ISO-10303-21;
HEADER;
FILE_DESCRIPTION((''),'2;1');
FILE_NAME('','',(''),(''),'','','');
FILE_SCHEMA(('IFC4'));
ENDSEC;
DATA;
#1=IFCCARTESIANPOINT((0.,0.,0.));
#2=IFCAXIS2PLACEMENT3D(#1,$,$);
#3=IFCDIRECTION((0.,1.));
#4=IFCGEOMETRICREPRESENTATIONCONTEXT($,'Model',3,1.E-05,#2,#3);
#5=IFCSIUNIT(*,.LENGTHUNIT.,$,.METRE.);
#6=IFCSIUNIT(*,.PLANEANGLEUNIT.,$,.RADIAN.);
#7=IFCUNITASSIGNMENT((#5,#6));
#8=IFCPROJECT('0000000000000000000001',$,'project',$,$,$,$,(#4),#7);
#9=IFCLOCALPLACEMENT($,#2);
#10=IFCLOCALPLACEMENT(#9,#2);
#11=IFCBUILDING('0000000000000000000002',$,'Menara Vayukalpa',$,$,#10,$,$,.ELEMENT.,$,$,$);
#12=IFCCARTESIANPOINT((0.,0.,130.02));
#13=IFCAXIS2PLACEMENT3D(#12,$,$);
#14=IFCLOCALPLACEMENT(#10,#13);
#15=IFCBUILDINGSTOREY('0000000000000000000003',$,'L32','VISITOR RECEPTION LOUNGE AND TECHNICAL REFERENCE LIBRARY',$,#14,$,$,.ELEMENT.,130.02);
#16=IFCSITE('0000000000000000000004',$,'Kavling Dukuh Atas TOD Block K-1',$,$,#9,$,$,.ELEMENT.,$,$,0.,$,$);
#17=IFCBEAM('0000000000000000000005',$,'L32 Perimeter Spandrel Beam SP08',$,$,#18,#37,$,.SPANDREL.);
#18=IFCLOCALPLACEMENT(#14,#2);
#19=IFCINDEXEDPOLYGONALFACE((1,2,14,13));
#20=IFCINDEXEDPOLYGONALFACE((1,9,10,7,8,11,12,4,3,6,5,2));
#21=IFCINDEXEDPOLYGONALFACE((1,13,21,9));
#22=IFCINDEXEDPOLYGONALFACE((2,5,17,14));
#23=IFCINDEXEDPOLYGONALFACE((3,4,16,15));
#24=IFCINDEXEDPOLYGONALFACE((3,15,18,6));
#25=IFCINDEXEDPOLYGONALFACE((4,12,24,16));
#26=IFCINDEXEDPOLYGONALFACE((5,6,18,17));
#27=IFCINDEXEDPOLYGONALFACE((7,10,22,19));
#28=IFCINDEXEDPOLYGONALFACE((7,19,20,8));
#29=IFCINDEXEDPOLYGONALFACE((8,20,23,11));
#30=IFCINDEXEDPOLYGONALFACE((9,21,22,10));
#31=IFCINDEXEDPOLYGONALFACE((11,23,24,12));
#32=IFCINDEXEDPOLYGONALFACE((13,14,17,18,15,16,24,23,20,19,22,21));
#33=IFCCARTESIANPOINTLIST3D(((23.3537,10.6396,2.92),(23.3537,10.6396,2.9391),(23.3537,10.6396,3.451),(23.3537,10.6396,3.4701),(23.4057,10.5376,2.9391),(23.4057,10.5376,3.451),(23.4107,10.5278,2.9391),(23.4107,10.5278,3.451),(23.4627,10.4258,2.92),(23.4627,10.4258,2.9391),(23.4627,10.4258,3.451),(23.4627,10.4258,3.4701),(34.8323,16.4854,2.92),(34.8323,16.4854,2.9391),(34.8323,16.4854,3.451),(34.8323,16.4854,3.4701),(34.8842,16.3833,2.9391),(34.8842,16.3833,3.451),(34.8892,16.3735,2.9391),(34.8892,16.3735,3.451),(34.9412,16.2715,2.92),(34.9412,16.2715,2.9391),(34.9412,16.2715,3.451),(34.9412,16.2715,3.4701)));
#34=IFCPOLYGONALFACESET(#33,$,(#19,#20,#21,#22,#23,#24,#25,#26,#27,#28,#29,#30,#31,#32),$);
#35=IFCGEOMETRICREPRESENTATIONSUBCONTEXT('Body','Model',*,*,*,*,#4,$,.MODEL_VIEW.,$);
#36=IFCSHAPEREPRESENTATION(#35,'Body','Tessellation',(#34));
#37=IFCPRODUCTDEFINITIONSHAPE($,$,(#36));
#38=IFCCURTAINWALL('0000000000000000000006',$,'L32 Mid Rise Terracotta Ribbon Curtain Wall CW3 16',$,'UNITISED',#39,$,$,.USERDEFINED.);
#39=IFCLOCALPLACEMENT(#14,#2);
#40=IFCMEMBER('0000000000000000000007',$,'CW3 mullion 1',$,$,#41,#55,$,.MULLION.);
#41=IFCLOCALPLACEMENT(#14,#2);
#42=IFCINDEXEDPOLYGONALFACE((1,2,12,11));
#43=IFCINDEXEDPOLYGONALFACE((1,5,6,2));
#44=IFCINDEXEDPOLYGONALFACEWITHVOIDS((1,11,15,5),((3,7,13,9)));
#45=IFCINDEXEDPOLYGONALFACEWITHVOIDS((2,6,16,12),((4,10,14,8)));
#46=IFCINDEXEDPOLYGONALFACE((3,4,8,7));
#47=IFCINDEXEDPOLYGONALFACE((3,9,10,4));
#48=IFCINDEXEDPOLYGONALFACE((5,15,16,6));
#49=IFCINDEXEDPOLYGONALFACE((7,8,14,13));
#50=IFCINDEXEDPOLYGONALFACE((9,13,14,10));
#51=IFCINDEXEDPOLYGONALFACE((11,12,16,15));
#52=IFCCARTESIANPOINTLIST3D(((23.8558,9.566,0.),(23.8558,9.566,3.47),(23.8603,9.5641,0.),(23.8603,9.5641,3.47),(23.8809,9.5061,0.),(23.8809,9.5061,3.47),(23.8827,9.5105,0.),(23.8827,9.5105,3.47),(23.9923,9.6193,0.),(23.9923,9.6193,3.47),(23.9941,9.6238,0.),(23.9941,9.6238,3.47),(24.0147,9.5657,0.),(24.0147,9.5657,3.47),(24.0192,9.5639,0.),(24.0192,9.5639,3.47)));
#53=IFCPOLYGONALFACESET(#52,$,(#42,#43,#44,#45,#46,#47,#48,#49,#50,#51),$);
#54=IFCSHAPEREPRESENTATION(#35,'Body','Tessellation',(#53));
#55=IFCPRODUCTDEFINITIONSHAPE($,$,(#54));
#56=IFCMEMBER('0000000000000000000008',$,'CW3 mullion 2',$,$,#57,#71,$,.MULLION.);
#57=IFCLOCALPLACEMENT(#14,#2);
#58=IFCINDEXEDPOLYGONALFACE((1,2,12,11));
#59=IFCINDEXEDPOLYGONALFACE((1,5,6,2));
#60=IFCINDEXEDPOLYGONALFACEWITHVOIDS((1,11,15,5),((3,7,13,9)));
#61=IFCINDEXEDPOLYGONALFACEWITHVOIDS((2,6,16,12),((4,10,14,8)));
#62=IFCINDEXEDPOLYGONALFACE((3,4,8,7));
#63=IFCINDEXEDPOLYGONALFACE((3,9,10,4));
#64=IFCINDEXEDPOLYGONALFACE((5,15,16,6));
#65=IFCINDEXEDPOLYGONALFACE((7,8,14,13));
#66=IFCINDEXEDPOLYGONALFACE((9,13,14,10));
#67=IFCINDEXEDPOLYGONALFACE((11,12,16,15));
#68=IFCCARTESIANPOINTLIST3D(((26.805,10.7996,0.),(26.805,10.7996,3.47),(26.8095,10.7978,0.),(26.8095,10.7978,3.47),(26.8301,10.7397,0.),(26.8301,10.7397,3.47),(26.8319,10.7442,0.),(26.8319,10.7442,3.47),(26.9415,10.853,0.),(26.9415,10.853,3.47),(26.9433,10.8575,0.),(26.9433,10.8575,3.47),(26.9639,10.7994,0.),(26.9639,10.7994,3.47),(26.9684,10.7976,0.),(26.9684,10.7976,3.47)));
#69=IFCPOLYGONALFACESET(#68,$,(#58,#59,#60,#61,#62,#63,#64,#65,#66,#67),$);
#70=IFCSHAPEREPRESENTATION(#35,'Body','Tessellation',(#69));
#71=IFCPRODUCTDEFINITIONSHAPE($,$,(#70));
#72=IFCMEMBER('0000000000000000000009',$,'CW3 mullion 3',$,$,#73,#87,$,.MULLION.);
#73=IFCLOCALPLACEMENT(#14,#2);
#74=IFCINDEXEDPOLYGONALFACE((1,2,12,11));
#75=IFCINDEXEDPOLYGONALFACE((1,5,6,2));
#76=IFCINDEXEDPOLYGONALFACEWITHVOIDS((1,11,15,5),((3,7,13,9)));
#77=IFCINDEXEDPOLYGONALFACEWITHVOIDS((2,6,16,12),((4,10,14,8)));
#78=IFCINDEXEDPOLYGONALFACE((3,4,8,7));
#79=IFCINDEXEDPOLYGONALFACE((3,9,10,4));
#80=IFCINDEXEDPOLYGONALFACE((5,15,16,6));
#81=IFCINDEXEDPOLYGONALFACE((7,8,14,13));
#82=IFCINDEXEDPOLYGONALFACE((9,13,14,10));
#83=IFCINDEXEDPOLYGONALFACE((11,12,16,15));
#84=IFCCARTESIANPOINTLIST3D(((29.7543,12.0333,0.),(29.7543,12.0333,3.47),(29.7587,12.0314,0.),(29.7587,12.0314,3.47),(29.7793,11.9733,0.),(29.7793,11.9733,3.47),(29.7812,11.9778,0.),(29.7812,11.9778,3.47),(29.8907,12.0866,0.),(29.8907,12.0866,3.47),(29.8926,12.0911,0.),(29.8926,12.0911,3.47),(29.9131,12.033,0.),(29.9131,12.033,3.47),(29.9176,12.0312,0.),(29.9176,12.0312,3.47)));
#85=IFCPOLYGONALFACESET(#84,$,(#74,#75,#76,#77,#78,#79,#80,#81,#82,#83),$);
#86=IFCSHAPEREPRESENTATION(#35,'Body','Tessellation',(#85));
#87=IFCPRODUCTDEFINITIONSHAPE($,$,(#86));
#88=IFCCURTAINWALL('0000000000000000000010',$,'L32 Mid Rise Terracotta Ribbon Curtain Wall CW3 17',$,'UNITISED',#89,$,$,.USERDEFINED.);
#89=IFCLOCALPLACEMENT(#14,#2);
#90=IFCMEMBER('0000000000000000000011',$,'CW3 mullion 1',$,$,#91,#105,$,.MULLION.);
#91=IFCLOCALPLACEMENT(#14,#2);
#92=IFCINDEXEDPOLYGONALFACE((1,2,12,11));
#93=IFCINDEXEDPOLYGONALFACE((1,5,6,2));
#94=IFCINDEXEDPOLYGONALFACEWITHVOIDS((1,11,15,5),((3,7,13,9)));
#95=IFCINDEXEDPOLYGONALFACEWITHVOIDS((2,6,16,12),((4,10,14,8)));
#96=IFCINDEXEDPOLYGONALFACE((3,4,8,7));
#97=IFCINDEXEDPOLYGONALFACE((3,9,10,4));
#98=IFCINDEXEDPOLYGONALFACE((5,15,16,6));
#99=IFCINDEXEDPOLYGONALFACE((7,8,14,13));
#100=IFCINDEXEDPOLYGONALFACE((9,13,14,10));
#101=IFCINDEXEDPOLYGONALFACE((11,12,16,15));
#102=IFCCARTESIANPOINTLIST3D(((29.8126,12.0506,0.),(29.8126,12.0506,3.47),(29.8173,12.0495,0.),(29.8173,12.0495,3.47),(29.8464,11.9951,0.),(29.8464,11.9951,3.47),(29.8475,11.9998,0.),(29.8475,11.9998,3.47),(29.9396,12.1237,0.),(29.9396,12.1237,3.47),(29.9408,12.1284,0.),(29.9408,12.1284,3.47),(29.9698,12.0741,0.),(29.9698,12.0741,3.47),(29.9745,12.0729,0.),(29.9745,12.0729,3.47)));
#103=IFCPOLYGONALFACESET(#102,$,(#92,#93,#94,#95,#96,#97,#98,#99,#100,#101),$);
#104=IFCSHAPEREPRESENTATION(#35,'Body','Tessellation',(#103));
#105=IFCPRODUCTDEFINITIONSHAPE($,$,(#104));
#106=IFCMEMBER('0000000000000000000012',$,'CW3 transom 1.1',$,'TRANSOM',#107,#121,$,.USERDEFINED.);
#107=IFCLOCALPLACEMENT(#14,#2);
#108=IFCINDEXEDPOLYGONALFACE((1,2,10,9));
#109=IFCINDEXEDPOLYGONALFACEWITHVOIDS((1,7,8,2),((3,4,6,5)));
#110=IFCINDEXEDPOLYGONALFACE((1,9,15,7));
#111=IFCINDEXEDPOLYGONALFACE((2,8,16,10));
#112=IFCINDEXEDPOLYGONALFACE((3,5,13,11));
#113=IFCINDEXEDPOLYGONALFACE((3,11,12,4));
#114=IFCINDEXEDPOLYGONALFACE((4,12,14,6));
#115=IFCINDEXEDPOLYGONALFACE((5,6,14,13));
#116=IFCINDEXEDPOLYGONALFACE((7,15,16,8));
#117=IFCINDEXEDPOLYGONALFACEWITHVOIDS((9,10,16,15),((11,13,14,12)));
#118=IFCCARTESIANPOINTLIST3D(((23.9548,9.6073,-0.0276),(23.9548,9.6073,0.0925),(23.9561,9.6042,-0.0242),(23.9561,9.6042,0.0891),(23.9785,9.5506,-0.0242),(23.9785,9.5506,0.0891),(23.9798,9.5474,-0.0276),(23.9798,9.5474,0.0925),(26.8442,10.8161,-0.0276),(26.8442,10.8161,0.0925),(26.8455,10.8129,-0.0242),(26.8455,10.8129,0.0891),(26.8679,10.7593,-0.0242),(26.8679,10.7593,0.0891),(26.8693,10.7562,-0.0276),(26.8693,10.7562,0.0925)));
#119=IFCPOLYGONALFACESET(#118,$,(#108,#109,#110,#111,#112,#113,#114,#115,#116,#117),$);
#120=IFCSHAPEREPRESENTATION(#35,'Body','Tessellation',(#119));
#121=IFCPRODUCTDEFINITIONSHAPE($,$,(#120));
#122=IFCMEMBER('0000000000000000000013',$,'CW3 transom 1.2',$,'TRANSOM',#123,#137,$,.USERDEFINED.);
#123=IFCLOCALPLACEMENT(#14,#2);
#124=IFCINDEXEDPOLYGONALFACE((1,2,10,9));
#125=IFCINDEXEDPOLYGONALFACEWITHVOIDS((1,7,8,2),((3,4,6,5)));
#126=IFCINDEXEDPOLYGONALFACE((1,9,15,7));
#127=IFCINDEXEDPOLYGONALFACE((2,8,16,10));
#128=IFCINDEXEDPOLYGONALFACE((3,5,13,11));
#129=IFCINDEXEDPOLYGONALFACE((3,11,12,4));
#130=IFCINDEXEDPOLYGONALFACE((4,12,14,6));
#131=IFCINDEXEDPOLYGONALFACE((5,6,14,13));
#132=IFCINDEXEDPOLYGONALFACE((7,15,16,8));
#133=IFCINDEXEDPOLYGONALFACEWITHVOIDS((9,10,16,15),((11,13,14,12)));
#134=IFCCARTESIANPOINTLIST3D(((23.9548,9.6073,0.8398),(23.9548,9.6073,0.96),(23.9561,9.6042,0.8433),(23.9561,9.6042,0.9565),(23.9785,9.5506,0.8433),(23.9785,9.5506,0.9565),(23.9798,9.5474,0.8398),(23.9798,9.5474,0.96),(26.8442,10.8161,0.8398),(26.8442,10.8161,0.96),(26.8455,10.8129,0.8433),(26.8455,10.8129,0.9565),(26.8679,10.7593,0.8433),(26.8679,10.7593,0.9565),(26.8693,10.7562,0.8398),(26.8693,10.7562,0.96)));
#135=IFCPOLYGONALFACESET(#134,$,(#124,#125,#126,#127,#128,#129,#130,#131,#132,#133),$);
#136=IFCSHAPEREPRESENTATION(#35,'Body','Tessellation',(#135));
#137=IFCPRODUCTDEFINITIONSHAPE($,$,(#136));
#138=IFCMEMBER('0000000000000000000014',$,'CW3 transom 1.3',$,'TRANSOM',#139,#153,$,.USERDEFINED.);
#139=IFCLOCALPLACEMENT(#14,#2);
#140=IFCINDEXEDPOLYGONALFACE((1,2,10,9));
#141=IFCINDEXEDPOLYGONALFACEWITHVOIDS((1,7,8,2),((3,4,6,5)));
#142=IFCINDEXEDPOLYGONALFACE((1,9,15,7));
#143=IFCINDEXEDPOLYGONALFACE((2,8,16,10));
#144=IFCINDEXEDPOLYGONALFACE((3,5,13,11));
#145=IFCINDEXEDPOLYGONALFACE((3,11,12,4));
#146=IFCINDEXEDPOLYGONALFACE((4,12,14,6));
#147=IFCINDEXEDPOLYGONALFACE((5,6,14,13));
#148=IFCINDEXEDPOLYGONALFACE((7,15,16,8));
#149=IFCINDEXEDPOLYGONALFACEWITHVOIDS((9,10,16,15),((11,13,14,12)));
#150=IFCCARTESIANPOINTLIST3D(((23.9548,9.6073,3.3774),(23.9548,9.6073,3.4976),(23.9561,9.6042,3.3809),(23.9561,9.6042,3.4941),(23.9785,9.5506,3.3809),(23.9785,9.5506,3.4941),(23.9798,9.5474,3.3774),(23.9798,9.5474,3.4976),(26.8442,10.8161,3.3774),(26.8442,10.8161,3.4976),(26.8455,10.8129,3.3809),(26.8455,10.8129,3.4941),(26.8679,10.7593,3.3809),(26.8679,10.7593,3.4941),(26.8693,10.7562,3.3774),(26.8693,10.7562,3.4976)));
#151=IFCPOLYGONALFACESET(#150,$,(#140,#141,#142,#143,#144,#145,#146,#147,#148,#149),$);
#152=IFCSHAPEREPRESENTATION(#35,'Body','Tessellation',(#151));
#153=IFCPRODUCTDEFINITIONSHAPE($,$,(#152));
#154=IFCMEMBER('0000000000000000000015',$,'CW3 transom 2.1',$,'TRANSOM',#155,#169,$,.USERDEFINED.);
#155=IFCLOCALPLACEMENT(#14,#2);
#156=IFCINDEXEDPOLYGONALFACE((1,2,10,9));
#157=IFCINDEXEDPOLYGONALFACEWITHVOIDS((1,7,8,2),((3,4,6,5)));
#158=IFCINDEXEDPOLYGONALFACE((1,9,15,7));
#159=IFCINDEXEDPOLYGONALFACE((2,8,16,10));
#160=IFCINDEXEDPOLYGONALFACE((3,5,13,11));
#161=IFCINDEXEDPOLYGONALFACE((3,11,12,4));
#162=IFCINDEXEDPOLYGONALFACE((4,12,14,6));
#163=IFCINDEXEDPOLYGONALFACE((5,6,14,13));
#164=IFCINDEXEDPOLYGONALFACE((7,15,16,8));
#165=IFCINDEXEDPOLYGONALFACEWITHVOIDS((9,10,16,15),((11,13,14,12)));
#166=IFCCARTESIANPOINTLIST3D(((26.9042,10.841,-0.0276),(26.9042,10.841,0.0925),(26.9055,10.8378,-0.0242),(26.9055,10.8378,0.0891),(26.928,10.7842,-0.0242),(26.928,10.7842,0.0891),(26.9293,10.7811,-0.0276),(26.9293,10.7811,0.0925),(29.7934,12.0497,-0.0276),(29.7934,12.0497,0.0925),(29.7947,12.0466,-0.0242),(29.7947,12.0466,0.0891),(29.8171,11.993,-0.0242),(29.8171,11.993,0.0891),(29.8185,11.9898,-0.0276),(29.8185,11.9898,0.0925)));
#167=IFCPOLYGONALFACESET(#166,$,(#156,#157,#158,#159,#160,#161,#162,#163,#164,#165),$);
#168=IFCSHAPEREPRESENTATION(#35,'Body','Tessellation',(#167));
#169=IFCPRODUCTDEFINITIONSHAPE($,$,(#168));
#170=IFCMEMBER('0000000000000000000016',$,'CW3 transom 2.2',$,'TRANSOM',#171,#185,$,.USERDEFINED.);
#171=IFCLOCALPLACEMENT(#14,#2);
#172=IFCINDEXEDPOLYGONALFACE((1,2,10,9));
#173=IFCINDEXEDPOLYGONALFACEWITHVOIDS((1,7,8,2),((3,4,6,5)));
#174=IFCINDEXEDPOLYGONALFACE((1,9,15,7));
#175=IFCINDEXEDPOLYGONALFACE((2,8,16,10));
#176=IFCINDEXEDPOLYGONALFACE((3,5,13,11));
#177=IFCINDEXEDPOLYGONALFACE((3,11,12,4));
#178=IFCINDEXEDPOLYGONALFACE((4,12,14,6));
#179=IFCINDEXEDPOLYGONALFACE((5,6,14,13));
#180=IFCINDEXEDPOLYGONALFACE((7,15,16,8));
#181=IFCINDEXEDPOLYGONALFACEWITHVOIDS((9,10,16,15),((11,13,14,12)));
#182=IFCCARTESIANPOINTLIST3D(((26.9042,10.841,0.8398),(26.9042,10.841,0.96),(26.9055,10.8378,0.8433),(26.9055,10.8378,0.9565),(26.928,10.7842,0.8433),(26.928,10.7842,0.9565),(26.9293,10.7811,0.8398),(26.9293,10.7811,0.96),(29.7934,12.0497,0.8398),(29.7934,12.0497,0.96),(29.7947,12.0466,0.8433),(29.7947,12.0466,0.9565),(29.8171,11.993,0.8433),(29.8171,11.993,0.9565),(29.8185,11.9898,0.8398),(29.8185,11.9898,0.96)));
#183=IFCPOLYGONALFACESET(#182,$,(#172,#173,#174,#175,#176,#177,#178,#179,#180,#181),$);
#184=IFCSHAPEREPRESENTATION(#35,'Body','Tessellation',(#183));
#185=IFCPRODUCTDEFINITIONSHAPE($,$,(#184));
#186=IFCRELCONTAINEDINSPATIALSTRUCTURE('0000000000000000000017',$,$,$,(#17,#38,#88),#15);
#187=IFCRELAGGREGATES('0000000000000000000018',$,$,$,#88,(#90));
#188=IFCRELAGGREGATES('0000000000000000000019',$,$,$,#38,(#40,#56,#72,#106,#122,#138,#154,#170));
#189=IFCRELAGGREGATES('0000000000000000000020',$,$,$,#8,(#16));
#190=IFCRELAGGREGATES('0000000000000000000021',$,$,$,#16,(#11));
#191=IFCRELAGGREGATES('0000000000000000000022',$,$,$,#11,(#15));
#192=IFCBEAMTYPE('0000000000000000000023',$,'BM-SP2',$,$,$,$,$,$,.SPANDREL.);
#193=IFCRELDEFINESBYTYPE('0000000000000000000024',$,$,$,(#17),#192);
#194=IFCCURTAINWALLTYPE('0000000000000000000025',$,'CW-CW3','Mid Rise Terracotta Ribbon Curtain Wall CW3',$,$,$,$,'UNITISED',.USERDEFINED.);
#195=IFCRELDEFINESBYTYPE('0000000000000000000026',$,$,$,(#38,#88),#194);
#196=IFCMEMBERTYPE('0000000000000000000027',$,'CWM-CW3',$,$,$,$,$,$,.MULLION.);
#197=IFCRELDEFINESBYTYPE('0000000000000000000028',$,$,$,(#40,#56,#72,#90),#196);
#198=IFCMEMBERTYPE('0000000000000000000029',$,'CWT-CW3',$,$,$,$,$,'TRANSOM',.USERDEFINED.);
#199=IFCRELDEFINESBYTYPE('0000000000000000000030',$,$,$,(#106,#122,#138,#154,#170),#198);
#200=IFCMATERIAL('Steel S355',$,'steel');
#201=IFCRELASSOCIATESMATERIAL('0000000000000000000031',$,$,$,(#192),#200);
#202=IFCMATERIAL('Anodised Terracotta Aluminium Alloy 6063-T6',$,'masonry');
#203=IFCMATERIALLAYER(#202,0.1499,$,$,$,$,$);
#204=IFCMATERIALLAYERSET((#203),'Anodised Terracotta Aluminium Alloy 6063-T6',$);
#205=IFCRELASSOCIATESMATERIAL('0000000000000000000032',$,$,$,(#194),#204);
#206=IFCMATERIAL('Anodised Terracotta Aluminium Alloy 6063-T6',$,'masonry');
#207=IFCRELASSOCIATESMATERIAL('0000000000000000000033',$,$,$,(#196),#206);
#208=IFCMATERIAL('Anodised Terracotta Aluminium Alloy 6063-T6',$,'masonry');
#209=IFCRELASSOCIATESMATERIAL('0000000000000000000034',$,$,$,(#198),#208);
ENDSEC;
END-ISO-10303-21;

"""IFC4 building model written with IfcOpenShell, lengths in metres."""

from ifc_helpers import new_model, si_unit, direction, frame, origin, origin_2d, place, context, subcontext, project, spatial, hollow_rectangle, i_section, extrude, material, layer, layer_set, material_profile, profile_set, type_object, element, aggregate, save


model = new_model("IFC4")

# Units and contexts
model_context = context("Model", 3, precision=1e-05, world=origin(), true_north=direction((0.0, 1.0)))
body_context = subcontext(model_context, "Body", "Model", "MODEL_VIEW")
ifc_project = project(units=[si_unit("LENGTHUNIT", "METRE"), si_unit("PLANEANGLEUNIT", "RADIAN")], contexts=[model_context])

# Site, building, storey
site_placement = place(None, origin())
site = spatial("IfcSite", under=ifc_project, at=site_placement, Name="Kavling Dukuh Atas TOD Block K-1", CompositionType="ELEMENT", RefElevation=0.0)
building_placement = place(site_placement, origin())
building = spatial("IfcBuilding", under=site, at=building_placement, Name="Menara Vayukalpa", CompositionType="ELEMENT")
storey_placement = place(building_placement, frame((0.0, 0.0, 130.02)))
storey = spatial("IfcBuildingStorey", under=building, at=storey_placement, Name="L32", Description="VISITOR RECEPTION LOUNGE AND TECHNICAL REFERENCE LIBRARY", CompositionType="ELEMENT", Elevation=130.02)

# Beam
ifc_material_1 = material(Name="Steel S355", Category="steel")
ifc_material_profile_1 = material_profile(ifc_material_1, i_section(OverallWidth=0.24, OverallDepth=0.55, WebThickness=0.011, FlangeThickness=0.019, at=origin_2d()), Name="WF 550x240x11x19")
ifc_profile_set_1 = profile_set([ifc_material_profile_1], Name="Steel S355")
beam_type = type_object("IfcBeamType", Name="BM-SP2", PredefinedType="SPANDREL", material=ifc_profile_set_1)
beam_placement = place(storey_placement, frame((23.4082, 10.5327, 3.1951), z_axis=(0.891097, 0.453812, 0.0), x_axis=(-0.453812, 0.891097, 0.0)))
element("IfcBeam", 1, at=beam_placement, inside=storey, type_object=beam_type, Name="L32 Perimeter Spandrel Beam SP08", PredefinedType="SPANDREL", context=body_context, shape_type="SweptSolid", body=[
    extrude(i_section(OverallWidth=0.24, OverallDepth=0.55, WebThickness=0.011, FlangeThickness=0.019, at=origin_2d()), origin(), (0.0, 0.0, 1.0), 12.8813),
])

# Curtain wall, members
ifc_material_2 = material(Name="Anodised Terracotta Aluminium Alloy 6063-T6", Category="masonry")
ifc_layer_1 = layer(ifc_material_2, 0.1499)
ifc_layer_set_1 = layer_set([ifc_layer_1], Name="Anodised Terracotta Aluminium Alloy 6063-T6")
curtain_wall_type = type_object("IfcCurtainWallType", Name="CW-CW3", Description="Mid Rise Terracotta Ribbon Curtain Wall CW3", ElementType="UNITISED", PredefinedType="USERDEFINED", material=ifc_layer_set_1)
curtain_wall_1_placement = place(storey_placement, origin())
curtain_wall_1 = element("IfcCurtainWall", 2, at=curtain_wall_1_placement, inside=storey, type_object=curtain_wall_type, Name="L32 Mid Rise Terracotta Ribbon Curtain Wall CW3 16", ObjectType="UNITISED", PredefinedType="USERDEFINED")
ifc_material_3 = material(Name="Anodised Terracotta Aluminium Alloy 6063-T6", Category="masonry")
ifc_material_profile_2 = material_profile(ifc_material_3, hollow_rectangle(XDim=0.0649, YDim=0.1499, WallThickness=0.0034, at=origin_2d()), Name="ALU 65x150x3.5")
ifc_profile_set_2 = profile_set([ifc_material_profile_2], Name="Anodised Terracotta Aluminium Alloy 6063-T6")
member_type_1 = type_object("IfcMemberType", Name="CWM-CW3", PredefinedType="MULLION", material=ifc_profile_set_2)
member_1_placement = place(storey_placement, frame((23.9375, 9.5649, 0.0), z_axis=(0.0, 0.0, 1.0), x_axis=(-0.385894, 0.922543, 0.0)))
member_1 = element("IfcMember", 3, at=member_1_placement, type_object=member_type_1, Name="CW3 mullion 1", PredefinedType="MULLION", context=body_context, shape_type="SweptSolid", body=[
    extrude(hollow_rectangle(XDim=0.0649, YDim=0.1499, WallThickness=0.0034, at=origin_2d()), origin(), (0.0, 0.0, 1.0), 3.47),
])
member_2_placement = place(storey_placement, frame((26.8867, 10.7986, 0.0), z_axis=(0.0, 0.0, 1.0), x_axis=(-0.385894, 0.922543, 0.0)))
member_2 = element("IfcMember", 4, at=member_2_placement, type_object=member_type_1, Name="CW3 mullion 2", PredefinedType="MULLION", context=body_context, shape_type="SweptSolid", body=[
    extrude(hollow_rectangle(XDim=0.0649, YDim=0.1499, WallThickness=0.0034, at=origin_2d()), origin(), (0.0, 0.0, 1.0), 3.47),
])
member_3_placement = place(storey_placement, frame((29.8359, 12.0322, 0.0), z_axis=(0.0, 0.0, 1.0), x_axis=(-0.385894, 0.922543, 0.0)))
member_3 = element("IfcMember", 5, at=member_3_placement, type_object=member_type_1, Name="CW3 mullion 3", PredefinedType="MULLION", context=body_context, shape_type="SweptSolid", body=[
    extrude(hollow_rectangle(XDim=0.0649, YDim=0.1499, WallThickness=0.0034, at=origin_2d()), origin(), (0.0, 0.0, 1.0), 3.47),
])

# Curtain wall, member
curtain_wall_2_placement = place(storey_placement, origin())
curtain_wall_2 = element("IfcCurtainWall", 6, at=curtain_wall_2_placement, inside=storey, type_object=curtain_wall_type, Name="L32 Mid Rise Terracotta Ribbon Curtain Wall CW3 17", ObjectType="UNITISED", PredefinedType="USERDEFINED")
member_4_placement = place(storey_placement, frame((29.8936, 12.0618, 0.0), z_axis=(0.0, 0.0, 1.0), x_axis=(-0.519183, 0.854663, 0.0)))
member_4 = element("IfcMember", 7, at=member_4_placement, type_object=member_type_1, Name="CW3 mullion 1", PredefinedType="MULLION", context=body_context, shape_type="SweptSolid", body=[
    extrude(hollow_rectangle(XDim=0.0649, YDim=0.1499, WallThickness=0.0034, at=origin_2d()), origin(), (0.0, 0.0, 1.0), 3.47),
])

# Members
ifc_material_4 = material(Name="Anodised Terracotta Aluminium Alloy 6063-T6", Category="masonry")
ifc_material_profile_3 = material_profile(ifc_material_4, hollow_rectangle(XDim=0.0649, YDim=0.1201, WallThickness=0.0034, at=origin_2d()), Name="ALU 65x120x3.5")
ifc_profile_set_3 = profile_set([ifc_material_profile_3], Name="Anodised Terracotta Aluminium Alloy 6063-T6")
member_type_2 = type_object("IfcMemberType", Name="CWT-CW3", ElementType="TRANSOM", PredefinedType="USERDEFINED", material=ifc_profile_set_3)
member_5_placement = place(storey_placement, frame((23.9673, 9.5774, 0.0325), z_axis=(0.922529, 0.385927, 0.0), x_axis=(-0.385927, 0.922529, 0.0)))
member_5 = element("IfcMember", 8, at=member_5_placement, type_object=member_type_2, Name="CW3 transom 1.1", ObjectType="TRANSOM", PredefinedType="USERDEFINED", context=body_context, shape_type="SweptSolid", body=[
    extrude(hollow_rectangle(XDim=0.0649, YDim=0.1201, WallThickness=0.0034, at=origin_2d()), origin(), (0.0, 0.0, 1.0), 3.1321),
])
member_6_placement = place(storey_placement, frame((23.9673, 9.5774, 0.8999), z_axis=(0.922529, 0.385927, 0.0), x_axis=(-0.385927, 0.922529, 0.0)))
member_6 = element("IfcMember", 9, at=member_6_placement, type_object=member_type_2, Name="CW3 transom 1.2", ObjectType="TRANSOM", PredefinedType="USERDEFINED", context=body_context, shape_type="SweptSolid", body=[
    extrude(hollow_rectangle(XDim=0.0649, YDim=0.1201, WallThickness=0.0034, at=origin_2d()), origin(), (0.0, 0.0, 1.0), 3.1321),
])
member_7_placement = place(storey_placement, frame((23.9673, 9.5774, 3.4375), z_axis=(0.922529, 0.385927, 0.0), x_axis=(-0.385927, 0.922529, 0.0)))
member_7 = element("IfcMember", 10, at=member_7_placement, type_object=member_type_2, Name="CW3 transom 1.3", ObjectType="TRANSOM", PredefinedType="USERDEFINED", context=body_context, shape_type="SweptSolid", body=[
    extrude(hollow_rectangle(XDim=0.0649, YDim=0.1201, WallThickness=0.0034, at=origin_2d()), origin(), (0.0, 0.0, 1.0), 3.1321),
])
member_8_placement = place(storey_placement, frame((26.9167, 10.811, 0.0325), z_axis=(0.922518, 0.385955, 0.0), x_axis=(-0.385955, 0.922518, 0.0)))
member_8 = element("IfcMember", 11, at=member_8_placement, type_object=member_type_2, Name="CW3 transom 2.1", ObjectType="TRANSOM", PredefinedType="USERDEFINED", context=body_context, shape_type="SweptSolid", body=[
    extrude(hollow_rectangle(XDim=0.0649, YDim=0.1201, WallThickness=0.0034, at=origin_2d()), origin(), (0.0, 0.0, 1.0), 3.1318),
])
member_9_placement = place(storey_placement, frame((26.9167, 10.811, 0.8999), z_axis=(0.922518, 0.385955, 0.0), x_axis=(-0.385955, 0.922518, 0.0)))
member_9 = element("IfcMember", 12, at=member_9_placement, type_object=member_type_2, Name="CW3 transom 2.2", ObjectType="TRANSOM", PredefinedType="USERDEFINED", context=body_context, shape_type="SweptSolid", body=[
    extrude(hollow_rectangle(XDim=0.0649, YDim=0.1201, WallThickness=0.0034, at=origin_2d()), origin(), (0.0, 0.0, 1.0), 3.1318),
])
aggregate(curtain_wall_2, [member_4])

aggregate(curtain_wall_1, [member_1, member_2, member_3, member_5, member_6, member_7, member_8, member_9])

save(model, "model.ifc")
